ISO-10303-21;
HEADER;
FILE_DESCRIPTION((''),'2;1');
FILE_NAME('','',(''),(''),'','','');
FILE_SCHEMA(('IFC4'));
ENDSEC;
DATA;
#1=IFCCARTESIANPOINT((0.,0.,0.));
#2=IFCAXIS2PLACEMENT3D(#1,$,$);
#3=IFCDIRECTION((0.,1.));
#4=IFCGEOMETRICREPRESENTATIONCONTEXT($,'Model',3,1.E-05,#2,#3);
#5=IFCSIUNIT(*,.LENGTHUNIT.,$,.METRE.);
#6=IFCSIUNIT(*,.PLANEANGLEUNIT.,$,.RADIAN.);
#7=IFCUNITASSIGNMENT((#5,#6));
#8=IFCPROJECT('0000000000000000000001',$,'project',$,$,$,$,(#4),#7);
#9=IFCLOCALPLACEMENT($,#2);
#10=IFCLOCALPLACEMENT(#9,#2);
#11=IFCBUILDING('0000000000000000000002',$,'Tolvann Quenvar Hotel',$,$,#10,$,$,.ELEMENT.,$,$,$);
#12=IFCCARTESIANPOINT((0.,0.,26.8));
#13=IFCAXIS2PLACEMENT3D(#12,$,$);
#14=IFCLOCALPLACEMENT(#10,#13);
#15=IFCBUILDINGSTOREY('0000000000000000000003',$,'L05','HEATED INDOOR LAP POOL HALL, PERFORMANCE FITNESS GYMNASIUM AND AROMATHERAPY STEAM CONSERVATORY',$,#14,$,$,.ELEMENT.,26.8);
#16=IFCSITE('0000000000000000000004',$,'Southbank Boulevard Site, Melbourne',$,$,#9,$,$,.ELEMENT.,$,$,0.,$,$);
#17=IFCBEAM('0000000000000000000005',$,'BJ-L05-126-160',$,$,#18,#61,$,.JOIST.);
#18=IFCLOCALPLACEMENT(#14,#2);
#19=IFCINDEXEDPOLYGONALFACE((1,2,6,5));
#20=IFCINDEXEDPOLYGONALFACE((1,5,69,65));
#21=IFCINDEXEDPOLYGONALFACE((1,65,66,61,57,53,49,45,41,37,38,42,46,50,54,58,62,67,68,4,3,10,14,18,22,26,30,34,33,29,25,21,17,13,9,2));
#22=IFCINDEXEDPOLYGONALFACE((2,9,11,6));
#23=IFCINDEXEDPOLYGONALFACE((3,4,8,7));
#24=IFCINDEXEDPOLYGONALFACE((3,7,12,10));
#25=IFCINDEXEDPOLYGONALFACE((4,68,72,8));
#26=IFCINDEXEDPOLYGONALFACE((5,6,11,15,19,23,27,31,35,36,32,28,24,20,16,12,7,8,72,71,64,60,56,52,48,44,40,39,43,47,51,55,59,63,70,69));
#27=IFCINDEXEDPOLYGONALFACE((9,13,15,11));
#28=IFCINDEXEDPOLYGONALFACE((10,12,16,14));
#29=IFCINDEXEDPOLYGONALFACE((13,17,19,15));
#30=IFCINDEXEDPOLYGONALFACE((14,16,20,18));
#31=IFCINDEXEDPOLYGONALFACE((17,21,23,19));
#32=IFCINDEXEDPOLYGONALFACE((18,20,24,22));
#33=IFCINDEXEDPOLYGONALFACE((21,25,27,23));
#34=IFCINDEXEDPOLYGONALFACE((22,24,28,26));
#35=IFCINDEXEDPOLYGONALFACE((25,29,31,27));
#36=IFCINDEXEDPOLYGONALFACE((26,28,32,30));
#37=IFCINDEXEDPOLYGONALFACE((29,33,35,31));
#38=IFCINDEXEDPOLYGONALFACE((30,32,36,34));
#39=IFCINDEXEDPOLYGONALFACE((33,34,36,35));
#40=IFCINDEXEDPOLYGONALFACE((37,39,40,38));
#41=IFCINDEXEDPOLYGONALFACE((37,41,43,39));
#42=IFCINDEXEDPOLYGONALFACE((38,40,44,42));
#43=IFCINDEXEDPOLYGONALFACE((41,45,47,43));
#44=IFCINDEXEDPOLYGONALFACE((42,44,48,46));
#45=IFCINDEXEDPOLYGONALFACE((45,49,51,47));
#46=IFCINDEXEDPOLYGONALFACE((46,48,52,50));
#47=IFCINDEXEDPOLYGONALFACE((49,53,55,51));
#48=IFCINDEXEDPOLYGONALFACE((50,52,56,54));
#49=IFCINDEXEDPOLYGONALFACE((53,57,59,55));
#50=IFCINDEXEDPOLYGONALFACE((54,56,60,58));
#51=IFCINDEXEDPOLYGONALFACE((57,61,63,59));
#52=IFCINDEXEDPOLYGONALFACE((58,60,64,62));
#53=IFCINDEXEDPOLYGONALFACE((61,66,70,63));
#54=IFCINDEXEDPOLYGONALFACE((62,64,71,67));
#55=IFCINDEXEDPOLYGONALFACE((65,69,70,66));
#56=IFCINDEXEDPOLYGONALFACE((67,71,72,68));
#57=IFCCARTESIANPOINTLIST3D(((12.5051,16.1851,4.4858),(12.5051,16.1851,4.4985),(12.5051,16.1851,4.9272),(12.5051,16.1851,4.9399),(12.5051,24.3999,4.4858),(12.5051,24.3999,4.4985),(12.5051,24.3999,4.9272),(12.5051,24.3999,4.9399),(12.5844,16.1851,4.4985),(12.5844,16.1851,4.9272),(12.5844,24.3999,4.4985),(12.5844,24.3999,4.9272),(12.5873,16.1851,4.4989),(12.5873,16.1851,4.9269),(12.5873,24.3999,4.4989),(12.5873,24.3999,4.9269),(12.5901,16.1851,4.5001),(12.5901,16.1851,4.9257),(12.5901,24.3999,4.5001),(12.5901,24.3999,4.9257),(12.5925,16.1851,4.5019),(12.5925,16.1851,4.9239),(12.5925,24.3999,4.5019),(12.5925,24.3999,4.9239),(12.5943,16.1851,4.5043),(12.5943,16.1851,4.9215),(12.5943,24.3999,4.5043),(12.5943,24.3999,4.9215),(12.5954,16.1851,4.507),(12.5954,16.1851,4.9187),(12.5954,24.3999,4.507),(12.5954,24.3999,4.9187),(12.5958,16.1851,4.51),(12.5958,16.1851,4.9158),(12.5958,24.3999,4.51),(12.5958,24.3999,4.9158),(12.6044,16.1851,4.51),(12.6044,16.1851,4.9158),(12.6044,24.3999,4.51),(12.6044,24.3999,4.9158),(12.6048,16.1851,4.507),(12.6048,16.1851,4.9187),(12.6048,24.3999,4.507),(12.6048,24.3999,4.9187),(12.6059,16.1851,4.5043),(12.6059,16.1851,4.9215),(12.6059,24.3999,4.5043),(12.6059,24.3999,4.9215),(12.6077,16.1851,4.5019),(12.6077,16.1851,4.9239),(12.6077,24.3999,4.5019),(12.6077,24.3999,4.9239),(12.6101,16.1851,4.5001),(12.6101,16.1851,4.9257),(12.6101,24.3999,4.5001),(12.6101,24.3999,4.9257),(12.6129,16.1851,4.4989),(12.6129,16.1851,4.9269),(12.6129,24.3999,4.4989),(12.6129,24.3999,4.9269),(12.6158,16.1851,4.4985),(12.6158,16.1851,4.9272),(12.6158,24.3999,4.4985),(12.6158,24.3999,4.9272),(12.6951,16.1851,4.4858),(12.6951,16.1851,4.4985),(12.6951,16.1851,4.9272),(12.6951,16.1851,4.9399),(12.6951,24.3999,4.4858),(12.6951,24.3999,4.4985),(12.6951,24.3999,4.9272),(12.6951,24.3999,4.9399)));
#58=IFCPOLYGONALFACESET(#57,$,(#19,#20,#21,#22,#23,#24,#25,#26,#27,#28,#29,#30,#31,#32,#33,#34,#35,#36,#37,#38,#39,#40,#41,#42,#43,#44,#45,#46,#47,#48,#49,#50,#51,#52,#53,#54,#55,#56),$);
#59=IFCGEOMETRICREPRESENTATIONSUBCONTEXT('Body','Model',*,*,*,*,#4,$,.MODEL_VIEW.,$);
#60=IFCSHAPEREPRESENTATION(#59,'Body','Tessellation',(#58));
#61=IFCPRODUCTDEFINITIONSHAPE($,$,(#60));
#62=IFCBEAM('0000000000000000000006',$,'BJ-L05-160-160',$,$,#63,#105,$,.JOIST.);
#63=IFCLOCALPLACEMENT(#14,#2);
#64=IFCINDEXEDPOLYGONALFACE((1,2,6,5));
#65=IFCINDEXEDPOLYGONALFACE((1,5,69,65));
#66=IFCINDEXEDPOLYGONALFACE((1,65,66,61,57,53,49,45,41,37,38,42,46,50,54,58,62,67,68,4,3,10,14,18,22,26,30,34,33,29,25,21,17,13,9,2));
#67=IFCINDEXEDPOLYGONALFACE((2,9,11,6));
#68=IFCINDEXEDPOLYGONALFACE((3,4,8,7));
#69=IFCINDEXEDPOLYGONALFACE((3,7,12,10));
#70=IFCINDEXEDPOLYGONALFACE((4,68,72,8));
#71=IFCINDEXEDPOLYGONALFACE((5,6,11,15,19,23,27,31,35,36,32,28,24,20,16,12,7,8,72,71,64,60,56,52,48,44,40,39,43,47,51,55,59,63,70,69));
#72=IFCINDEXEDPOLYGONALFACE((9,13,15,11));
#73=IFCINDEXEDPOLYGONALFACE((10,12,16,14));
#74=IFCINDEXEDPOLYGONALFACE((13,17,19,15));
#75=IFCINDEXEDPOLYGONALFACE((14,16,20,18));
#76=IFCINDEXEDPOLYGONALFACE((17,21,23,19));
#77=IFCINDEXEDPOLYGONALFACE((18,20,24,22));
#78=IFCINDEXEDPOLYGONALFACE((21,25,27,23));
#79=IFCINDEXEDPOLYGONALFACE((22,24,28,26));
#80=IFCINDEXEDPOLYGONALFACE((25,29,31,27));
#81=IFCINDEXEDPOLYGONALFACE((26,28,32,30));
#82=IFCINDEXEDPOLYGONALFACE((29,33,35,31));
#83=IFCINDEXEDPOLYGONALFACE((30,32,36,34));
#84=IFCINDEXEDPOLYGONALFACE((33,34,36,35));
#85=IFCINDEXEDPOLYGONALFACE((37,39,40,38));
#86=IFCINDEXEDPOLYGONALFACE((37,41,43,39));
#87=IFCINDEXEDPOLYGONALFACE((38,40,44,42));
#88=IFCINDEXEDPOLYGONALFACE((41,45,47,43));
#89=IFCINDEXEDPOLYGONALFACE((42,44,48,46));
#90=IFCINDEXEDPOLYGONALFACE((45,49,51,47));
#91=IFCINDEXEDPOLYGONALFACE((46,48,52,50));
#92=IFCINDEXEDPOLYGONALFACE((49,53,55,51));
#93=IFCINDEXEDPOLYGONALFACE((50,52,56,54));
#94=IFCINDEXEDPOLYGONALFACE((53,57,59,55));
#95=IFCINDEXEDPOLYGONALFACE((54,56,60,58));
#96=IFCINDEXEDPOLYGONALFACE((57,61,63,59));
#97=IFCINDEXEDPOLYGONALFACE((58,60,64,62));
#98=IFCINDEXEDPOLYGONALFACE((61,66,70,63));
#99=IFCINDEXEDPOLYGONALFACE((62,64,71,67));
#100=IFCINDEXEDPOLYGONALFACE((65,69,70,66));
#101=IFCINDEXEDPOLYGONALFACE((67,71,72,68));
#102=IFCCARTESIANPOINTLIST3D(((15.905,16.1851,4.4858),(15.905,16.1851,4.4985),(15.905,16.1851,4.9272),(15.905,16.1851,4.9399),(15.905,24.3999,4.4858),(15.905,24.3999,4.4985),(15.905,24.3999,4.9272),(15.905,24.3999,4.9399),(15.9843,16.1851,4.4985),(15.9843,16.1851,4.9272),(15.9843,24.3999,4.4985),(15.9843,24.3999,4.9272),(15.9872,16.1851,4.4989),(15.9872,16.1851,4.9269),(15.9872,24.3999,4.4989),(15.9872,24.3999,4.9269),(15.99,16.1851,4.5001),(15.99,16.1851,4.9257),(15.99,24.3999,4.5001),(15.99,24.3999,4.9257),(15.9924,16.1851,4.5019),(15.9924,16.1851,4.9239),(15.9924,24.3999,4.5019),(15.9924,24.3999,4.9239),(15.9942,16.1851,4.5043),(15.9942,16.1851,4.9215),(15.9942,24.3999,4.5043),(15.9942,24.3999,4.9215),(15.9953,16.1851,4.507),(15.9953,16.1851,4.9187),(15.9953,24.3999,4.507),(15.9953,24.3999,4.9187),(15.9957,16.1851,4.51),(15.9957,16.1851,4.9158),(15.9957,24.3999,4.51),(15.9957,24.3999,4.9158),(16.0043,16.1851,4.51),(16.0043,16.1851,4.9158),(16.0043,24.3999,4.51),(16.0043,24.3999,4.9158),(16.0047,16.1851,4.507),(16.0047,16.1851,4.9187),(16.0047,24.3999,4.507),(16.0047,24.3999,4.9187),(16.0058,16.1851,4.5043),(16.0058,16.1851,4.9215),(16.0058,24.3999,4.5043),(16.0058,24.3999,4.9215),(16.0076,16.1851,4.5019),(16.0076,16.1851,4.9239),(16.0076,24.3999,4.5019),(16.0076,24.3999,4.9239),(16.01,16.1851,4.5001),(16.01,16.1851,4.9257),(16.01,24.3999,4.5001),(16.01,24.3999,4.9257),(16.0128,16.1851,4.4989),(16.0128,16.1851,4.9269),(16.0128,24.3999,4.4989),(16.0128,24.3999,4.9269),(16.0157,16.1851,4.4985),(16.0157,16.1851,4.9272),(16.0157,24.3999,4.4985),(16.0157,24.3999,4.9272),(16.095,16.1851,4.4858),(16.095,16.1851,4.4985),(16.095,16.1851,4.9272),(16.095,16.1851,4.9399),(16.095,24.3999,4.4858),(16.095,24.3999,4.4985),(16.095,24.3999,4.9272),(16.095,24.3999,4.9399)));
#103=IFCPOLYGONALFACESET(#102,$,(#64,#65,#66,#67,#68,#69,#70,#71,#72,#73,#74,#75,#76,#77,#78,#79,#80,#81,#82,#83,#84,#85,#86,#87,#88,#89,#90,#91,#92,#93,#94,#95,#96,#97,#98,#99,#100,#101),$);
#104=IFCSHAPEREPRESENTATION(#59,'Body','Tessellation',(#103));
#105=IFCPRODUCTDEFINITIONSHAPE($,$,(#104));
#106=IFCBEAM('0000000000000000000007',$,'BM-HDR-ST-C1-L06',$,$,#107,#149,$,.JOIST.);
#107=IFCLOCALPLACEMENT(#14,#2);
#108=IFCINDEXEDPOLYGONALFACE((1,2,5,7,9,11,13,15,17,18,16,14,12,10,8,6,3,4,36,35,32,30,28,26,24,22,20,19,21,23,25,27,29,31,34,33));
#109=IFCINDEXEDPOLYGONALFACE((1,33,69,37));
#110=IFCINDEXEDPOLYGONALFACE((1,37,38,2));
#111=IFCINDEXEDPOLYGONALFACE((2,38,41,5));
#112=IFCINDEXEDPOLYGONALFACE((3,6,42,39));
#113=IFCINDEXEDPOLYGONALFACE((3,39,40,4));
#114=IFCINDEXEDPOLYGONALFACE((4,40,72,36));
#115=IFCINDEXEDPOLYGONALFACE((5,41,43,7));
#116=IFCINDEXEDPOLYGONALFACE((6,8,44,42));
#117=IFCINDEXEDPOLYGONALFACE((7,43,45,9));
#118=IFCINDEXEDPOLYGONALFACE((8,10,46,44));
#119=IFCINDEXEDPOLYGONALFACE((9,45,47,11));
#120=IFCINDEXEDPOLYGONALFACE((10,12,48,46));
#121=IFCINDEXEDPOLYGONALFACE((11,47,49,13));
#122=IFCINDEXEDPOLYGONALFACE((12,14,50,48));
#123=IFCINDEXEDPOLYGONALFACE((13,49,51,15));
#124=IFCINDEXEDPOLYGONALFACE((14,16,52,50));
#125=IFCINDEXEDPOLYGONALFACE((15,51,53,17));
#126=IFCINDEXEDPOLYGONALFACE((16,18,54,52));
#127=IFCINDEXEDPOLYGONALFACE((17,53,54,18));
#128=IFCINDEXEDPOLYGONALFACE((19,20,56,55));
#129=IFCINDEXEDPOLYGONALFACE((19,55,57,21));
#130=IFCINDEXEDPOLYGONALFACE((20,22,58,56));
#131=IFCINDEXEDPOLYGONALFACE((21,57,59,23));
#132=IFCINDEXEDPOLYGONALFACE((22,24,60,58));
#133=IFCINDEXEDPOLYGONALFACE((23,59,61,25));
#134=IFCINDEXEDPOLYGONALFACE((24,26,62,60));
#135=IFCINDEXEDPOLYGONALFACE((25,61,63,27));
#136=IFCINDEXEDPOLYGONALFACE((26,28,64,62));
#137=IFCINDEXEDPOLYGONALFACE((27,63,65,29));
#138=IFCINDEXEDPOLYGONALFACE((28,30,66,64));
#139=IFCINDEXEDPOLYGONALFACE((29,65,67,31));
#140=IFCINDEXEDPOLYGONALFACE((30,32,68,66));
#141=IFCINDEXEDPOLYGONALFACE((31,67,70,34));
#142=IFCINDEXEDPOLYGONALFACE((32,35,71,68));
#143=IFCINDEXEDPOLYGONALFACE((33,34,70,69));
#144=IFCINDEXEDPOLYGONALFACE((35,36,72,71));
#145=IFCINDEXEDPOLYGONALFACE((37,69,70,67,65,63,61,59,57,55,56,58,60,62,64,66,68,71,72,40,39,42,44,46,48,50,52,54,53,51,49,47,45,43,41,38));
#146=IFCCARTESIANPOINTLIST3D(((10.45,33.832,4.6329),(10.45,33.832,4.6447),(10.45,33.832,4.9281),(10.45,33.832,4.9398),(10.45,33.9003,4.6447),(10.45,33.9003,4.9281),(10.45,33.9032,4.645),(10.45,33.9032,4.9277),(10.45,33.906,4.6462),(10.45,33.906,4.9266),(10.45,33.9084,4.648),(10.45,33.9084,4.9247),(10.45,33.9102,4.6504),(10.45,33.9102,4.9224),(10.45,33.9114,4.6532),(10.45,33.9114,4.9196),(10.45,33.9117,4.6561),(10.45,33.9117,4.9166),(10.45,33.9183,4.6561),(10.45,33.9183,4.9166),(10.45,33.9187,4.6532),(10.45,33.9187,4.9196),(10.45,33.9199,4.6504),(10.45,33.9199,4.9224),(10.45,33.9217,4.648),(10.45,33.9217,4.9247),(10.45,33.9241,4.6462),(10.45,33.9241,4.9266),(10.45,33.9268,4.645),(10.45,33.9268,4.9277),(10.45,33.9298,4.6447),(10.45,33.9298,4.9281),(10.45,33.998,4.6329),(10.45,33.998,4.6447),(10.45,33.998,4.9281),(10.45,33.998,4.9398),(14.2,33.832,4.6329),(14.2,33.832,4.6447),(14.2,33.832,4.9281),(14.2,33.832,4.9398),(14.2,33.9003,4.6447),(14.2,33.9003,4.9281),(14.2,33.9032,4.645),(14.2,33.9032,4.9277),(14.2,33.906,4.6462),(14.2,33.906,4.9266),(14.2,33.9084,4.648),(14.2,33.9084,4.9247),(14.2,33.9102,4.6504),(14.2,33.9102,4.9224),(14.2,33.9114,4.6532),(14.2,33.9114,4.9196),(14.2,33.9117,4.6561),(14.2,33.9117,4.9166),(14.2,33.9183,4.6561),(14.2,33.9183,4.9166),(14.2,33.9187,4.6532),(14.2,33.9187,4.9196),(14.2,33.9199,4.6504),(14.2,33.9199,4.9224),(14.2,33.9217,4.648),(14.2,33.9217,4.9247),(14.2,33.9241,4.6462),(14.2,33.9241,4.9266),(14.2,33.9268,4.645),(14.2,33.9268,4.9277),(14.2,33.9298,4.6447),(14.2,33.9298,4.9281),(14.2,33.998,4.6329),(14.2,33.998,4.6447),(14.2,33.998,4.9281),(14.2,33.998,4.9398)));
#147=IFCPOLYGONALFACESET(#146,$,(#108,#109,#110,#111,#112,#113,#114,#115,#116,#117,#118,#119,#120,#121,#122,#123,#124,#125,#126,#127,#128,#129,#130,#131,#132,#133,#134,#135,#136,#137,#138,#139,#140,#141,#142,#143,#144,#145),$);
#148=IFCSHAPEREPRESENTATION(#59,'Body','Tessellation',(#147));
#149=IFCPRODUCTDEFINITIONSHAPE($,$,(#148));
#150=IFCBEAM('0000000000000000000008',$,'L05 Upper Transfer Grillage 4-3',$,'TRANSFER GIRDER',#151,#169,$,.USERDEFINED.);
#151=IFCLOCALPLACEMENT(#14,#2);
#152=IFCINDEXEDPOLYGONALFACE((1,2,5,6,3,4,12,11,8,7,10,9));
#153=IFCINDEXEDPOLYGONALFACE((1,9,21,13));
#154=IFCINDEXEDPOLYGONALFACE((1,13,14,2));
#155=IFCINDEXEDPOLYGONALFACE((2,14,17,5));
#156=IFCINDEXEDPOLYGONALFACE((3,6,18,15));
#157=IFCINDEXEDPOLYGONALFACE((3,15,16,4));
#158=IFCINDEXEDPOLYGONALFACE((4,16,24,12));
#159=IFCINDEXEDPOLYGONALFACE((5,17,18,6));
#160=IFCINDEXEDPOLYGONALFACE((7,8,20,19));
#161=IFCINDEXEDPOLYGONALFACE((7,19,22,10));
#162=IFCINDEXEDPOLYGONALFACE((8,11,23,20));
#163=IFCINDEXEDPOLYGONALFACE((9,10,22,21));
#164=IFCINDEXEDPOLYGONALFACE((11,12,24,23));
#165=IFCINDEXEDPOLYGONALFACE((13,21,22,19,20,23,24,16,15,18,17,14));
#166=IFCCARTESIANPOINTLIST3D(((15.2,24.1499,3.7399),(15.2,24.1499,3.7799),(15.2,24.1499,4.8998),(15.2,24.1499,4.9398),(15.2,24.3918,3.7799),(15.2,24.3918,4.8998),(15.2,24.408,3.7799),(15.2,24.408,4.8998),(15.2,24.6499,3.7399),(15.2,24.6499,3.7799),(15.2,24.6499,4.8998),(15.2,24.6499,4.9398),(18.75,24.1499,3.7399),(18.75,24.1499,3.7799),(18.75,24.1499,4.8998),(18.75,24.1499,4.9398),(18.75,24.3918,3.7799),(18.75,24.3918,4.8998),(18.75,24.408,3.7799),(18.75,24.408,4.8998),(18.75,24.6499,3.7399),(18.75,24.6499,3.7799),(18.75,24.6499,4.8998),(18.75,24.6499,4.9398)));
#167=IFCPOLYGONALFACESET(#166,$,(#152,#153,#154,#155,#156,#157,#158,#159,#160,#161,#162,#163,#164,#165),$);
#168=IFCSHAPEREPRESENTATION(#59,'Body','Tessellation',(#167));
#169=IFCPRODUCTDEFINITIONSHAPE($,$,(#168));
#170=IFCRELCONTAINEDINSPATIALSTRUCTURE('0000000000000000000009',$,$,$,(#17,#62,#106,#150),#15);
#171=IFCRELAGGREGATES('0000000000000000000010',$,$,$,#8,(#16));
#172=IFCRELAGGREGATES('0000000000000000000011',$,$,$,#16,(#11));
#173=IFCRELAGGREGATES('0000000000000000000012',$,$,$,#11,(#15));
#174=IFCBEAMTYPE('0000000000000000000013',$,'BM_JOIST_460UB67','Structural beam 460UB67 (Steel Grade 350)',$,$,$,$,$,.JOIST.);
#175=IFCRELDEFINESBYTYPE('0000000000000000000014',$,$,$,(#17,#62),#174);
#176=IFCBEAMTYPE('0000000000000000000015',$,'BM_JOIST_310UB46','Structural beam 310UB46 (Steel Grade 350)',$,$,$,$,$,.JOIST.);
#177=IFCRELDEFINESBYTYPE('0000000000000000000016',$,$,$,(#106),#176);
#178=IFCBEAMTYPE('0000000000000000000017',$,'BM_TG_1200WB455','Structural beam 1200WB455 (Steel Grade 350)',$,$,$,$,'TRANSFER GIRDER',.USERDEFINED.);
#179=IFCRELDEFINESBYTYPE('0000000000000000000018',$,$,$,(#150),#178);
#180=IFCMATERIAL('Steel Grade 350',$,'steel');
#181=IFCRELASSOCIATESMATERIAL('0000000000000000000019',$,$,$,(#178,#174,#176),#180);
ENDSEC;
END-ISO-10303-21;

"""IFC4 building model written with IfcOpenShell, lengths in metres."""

from ifc_helpers import new_model, si_unit, direction, frame, origin, origin_2d, place, context, subcontext, project, spatial, i_section, extrude, source, transform, mapped, material, material_profile, profile_set, type_object, type_shapes, element, save


model = new_model("IFC4")

# Units and contexts
model_context = context("Model", 3, precision=1e-05, world=origin(), true_north=direction((0.0, 1.0)))
body_context = subcontext(model_context, "Body", "Model", "MODEL_VIEW")
ifc_project = project(units=[si_unit("LENGTHUNIT", "METRE"), si_unit("PLANEANGLEUNIT", "RADIAN")], contexts=[model_context])

# Site, building, storey
site_placement = place(None, origin())
site = spatial("IfcSite", under=ifc_project, at=site_placement, Name="Southbank Boulevard Site, Melbourne", CompositionType="ELEMENT", RefElevation=0.0)
building_placement = place(site_placement, origin())
building = spatial("IfcBuilding", under=site, at=building_placement, Name="Tolvann Quenvar Hotel", CompositionType="ELEMENT")
storey_placement = place(building_placement, frame((0.0, 0.0, 26.8)))
storey = spatial("IfcBuildingStorey", under=building, at=storey_placement, Name="L05", Description="HEATED INDOOR LAP POOL HALL, PERFORMANCE FITNESS GYMNASIUM AND AROMATHERAPY STEAM CONSERVATORY", CompositionType="ELEMENT", Elevation=26.8)

# Beams
ifc_material_1 = material(Name="Steel Grade 350", Category="steel")
ifc_material_profile_1 = material_profile(ifc_material_1, i_section(OverallWidth=0.5, OverallDepth=1.2, WebThickness=0.0161, FlangeThickness=0.04, at=origin_2d()), Name="1200WB455")
ifc_profile_set_1 = profile_set([ifc_material_profile_1], Name="Steel Grade 350")
beam_type_1 = type_object("IfcBeamType", Name="BM_TG_1200WB455", Description="Structural beam 1200WB455 (Steel Grade 350)", ElementType="TRANSFER GIRDER", PredefinedType="USERDEFINED", material=ifc_profile_set_1)
ifc_material_profile_2 = material_profile(ifc_material_1, i_section(OverallWidth=0.1899, OverallDepth=0.4541, WebThickness=0.0085, FlangeThickness=0.0127, FilletRadius=0.0115, at=origin_2d()), Name="460UB67")
ifc_profile_set_2 = profile_set([ifc_material_profile_2], Name="Steel Grade 350")
beam_type_2 = type_object("IfcBeamType", Name="BM_JOIST_460UB67", Description="Structural beam 460UB67 (Steel Grade 350)", PredefinedType="JOIST", material=ifc_profile_set_2)
shared_shape_1 = source(origin(), body_context, "Body", "SweptSolid", [
    extrude(i_section(OverallWidth=0.1899, OverallDepth=0.4541, WebThickness=0.0085, FlangeThickness=0.0127, FilletRadius=0.0115, at=origin_2d()), origin(), (0.0, 0.0, 1.0), 8.2148),
])
type_shapes(beam_type_2, [shared_shape_1])
for number, where, z_axis, x_axis, name in (
    (1, (12.6001, 16.1851, 4.7129), (0.0, 1.0, 0.0), (-1.0, 0.0, 0.0), "BJ-L05-126-160"),
    (2, (16.0, 16.1851, 4.7129), (0.0, 1.0, 0.0), (-1.0, 0.0, 0.0), "BJ-L05-160-160"),
):
    element("IfcBeam", number, at=place(storey_placement, frame(where, z_axis=z_axis, x_axis=x_axis)), inside=storey, type_object=beam_type_2, Name=name, PredefinedType="JOIST", context=body_context, shape_type="MappedRepresentation", body=[
        mapped(shared_shape_1, transform((0.0, 0.0, 0.0), x_axis=(1.0, 0.0, 0.0), y_axis=(0.0, 1.0, 0.0), z_axis=(0.0, 0.0, 1.0), scale=1.0)),
    ])
ifc_material_profile_3 = material_profile(ifc_material_1, i_section(OverallWidth=0.166, OverallDepth=0.3069, WebThickness=0.0066, FlangeThickness=0.0117, FilletRadius=0.0115, at=origin_2d()), Name="310UB46")
ifc_profile_set_3 = profile_set([ifc_material_profile_3], Name="Steel Grade 350")
beam_type_3 = type_object("IfcBeamType", Name="BM_JOIST_310UB46", Description="Structural beam 310UB46 (Steel Grade 350)", PredefinedType="JOIST", material=ifc_profile_set_3)
shared_shape_2 = source(origin(), body_context, "Body", "SweptSolid", [
    extrude(i_section(OverallWidth=0.166, OverallDepth=0.3069, WebThickness=0.0066, FlangeThickness=0.0117, FilletRadius=0.0115, at=origin_2d()), origin(), (0.0, 0.0, 1.0), 3.75),
])
type_shapes(beam_type_3, [shared_shape_2])
beam_1_placement = place(storey_placement, frame((10.45, 33.915, 4.7864), z_axis=(1.0, 0.0, 0.0), x_axis=(0.0, 1.0, 0.0)))
element("IfcBeam", 3, at=beam_1_placement, inside=storey, type_object=beam_type_3, Name="BM-HDR-ST-C1-L06", PredefinedType="JOIST", context=body_context, shape_type="MappedRepresentation", body=[
    mapped(shared_shape_2, transform((0.0, 0.0, 0.0), x_axis=(1.0, 0.0, 0.0), y_axis=(0.0, 1.0, 0.0), z_axis=(0.0, 0.0, 1.0), scale=1.0)),
])
shared_shape_3 = source(origin(), body_context, "Body", "SweptSolid", [
    extrude(i_section(OverallWidth=0.5, OverallDepth=1.2, WebThickness=0.0161, FlangeThickness=0.04, at=origin_2d()), origin(), (0.0, 0.0, 1.0), 3.55),
])
beam_2_placement = place(storey_placement, frame((15.2, 24.3999, 4.3398), z_axis=(1.0, 0.0, 0.0), x_axis=(0.0, 1.0, 0.0)))
element("IfcBeam", 4, at=beam_2_placement, inside=storey, type_object=beam_type_1, Name="L05 Upper Transfer Grillage 4-3", ObjectType="TRANSFER GIRDER", PredefinedType="USERDEFINED", context=body_context, shape_type="MappedRepresentation", body=[
    mapped(shared_shape_3, transform((0.0, 0.0, 0.0), x_axis=(1.0, 0.0, 0.0), y_axis=(0.0, 1.0, 0.0), z_axis=(0.0, 0.0, 1.0), scale=1.0)),
])

save(model, "model.ifc")
